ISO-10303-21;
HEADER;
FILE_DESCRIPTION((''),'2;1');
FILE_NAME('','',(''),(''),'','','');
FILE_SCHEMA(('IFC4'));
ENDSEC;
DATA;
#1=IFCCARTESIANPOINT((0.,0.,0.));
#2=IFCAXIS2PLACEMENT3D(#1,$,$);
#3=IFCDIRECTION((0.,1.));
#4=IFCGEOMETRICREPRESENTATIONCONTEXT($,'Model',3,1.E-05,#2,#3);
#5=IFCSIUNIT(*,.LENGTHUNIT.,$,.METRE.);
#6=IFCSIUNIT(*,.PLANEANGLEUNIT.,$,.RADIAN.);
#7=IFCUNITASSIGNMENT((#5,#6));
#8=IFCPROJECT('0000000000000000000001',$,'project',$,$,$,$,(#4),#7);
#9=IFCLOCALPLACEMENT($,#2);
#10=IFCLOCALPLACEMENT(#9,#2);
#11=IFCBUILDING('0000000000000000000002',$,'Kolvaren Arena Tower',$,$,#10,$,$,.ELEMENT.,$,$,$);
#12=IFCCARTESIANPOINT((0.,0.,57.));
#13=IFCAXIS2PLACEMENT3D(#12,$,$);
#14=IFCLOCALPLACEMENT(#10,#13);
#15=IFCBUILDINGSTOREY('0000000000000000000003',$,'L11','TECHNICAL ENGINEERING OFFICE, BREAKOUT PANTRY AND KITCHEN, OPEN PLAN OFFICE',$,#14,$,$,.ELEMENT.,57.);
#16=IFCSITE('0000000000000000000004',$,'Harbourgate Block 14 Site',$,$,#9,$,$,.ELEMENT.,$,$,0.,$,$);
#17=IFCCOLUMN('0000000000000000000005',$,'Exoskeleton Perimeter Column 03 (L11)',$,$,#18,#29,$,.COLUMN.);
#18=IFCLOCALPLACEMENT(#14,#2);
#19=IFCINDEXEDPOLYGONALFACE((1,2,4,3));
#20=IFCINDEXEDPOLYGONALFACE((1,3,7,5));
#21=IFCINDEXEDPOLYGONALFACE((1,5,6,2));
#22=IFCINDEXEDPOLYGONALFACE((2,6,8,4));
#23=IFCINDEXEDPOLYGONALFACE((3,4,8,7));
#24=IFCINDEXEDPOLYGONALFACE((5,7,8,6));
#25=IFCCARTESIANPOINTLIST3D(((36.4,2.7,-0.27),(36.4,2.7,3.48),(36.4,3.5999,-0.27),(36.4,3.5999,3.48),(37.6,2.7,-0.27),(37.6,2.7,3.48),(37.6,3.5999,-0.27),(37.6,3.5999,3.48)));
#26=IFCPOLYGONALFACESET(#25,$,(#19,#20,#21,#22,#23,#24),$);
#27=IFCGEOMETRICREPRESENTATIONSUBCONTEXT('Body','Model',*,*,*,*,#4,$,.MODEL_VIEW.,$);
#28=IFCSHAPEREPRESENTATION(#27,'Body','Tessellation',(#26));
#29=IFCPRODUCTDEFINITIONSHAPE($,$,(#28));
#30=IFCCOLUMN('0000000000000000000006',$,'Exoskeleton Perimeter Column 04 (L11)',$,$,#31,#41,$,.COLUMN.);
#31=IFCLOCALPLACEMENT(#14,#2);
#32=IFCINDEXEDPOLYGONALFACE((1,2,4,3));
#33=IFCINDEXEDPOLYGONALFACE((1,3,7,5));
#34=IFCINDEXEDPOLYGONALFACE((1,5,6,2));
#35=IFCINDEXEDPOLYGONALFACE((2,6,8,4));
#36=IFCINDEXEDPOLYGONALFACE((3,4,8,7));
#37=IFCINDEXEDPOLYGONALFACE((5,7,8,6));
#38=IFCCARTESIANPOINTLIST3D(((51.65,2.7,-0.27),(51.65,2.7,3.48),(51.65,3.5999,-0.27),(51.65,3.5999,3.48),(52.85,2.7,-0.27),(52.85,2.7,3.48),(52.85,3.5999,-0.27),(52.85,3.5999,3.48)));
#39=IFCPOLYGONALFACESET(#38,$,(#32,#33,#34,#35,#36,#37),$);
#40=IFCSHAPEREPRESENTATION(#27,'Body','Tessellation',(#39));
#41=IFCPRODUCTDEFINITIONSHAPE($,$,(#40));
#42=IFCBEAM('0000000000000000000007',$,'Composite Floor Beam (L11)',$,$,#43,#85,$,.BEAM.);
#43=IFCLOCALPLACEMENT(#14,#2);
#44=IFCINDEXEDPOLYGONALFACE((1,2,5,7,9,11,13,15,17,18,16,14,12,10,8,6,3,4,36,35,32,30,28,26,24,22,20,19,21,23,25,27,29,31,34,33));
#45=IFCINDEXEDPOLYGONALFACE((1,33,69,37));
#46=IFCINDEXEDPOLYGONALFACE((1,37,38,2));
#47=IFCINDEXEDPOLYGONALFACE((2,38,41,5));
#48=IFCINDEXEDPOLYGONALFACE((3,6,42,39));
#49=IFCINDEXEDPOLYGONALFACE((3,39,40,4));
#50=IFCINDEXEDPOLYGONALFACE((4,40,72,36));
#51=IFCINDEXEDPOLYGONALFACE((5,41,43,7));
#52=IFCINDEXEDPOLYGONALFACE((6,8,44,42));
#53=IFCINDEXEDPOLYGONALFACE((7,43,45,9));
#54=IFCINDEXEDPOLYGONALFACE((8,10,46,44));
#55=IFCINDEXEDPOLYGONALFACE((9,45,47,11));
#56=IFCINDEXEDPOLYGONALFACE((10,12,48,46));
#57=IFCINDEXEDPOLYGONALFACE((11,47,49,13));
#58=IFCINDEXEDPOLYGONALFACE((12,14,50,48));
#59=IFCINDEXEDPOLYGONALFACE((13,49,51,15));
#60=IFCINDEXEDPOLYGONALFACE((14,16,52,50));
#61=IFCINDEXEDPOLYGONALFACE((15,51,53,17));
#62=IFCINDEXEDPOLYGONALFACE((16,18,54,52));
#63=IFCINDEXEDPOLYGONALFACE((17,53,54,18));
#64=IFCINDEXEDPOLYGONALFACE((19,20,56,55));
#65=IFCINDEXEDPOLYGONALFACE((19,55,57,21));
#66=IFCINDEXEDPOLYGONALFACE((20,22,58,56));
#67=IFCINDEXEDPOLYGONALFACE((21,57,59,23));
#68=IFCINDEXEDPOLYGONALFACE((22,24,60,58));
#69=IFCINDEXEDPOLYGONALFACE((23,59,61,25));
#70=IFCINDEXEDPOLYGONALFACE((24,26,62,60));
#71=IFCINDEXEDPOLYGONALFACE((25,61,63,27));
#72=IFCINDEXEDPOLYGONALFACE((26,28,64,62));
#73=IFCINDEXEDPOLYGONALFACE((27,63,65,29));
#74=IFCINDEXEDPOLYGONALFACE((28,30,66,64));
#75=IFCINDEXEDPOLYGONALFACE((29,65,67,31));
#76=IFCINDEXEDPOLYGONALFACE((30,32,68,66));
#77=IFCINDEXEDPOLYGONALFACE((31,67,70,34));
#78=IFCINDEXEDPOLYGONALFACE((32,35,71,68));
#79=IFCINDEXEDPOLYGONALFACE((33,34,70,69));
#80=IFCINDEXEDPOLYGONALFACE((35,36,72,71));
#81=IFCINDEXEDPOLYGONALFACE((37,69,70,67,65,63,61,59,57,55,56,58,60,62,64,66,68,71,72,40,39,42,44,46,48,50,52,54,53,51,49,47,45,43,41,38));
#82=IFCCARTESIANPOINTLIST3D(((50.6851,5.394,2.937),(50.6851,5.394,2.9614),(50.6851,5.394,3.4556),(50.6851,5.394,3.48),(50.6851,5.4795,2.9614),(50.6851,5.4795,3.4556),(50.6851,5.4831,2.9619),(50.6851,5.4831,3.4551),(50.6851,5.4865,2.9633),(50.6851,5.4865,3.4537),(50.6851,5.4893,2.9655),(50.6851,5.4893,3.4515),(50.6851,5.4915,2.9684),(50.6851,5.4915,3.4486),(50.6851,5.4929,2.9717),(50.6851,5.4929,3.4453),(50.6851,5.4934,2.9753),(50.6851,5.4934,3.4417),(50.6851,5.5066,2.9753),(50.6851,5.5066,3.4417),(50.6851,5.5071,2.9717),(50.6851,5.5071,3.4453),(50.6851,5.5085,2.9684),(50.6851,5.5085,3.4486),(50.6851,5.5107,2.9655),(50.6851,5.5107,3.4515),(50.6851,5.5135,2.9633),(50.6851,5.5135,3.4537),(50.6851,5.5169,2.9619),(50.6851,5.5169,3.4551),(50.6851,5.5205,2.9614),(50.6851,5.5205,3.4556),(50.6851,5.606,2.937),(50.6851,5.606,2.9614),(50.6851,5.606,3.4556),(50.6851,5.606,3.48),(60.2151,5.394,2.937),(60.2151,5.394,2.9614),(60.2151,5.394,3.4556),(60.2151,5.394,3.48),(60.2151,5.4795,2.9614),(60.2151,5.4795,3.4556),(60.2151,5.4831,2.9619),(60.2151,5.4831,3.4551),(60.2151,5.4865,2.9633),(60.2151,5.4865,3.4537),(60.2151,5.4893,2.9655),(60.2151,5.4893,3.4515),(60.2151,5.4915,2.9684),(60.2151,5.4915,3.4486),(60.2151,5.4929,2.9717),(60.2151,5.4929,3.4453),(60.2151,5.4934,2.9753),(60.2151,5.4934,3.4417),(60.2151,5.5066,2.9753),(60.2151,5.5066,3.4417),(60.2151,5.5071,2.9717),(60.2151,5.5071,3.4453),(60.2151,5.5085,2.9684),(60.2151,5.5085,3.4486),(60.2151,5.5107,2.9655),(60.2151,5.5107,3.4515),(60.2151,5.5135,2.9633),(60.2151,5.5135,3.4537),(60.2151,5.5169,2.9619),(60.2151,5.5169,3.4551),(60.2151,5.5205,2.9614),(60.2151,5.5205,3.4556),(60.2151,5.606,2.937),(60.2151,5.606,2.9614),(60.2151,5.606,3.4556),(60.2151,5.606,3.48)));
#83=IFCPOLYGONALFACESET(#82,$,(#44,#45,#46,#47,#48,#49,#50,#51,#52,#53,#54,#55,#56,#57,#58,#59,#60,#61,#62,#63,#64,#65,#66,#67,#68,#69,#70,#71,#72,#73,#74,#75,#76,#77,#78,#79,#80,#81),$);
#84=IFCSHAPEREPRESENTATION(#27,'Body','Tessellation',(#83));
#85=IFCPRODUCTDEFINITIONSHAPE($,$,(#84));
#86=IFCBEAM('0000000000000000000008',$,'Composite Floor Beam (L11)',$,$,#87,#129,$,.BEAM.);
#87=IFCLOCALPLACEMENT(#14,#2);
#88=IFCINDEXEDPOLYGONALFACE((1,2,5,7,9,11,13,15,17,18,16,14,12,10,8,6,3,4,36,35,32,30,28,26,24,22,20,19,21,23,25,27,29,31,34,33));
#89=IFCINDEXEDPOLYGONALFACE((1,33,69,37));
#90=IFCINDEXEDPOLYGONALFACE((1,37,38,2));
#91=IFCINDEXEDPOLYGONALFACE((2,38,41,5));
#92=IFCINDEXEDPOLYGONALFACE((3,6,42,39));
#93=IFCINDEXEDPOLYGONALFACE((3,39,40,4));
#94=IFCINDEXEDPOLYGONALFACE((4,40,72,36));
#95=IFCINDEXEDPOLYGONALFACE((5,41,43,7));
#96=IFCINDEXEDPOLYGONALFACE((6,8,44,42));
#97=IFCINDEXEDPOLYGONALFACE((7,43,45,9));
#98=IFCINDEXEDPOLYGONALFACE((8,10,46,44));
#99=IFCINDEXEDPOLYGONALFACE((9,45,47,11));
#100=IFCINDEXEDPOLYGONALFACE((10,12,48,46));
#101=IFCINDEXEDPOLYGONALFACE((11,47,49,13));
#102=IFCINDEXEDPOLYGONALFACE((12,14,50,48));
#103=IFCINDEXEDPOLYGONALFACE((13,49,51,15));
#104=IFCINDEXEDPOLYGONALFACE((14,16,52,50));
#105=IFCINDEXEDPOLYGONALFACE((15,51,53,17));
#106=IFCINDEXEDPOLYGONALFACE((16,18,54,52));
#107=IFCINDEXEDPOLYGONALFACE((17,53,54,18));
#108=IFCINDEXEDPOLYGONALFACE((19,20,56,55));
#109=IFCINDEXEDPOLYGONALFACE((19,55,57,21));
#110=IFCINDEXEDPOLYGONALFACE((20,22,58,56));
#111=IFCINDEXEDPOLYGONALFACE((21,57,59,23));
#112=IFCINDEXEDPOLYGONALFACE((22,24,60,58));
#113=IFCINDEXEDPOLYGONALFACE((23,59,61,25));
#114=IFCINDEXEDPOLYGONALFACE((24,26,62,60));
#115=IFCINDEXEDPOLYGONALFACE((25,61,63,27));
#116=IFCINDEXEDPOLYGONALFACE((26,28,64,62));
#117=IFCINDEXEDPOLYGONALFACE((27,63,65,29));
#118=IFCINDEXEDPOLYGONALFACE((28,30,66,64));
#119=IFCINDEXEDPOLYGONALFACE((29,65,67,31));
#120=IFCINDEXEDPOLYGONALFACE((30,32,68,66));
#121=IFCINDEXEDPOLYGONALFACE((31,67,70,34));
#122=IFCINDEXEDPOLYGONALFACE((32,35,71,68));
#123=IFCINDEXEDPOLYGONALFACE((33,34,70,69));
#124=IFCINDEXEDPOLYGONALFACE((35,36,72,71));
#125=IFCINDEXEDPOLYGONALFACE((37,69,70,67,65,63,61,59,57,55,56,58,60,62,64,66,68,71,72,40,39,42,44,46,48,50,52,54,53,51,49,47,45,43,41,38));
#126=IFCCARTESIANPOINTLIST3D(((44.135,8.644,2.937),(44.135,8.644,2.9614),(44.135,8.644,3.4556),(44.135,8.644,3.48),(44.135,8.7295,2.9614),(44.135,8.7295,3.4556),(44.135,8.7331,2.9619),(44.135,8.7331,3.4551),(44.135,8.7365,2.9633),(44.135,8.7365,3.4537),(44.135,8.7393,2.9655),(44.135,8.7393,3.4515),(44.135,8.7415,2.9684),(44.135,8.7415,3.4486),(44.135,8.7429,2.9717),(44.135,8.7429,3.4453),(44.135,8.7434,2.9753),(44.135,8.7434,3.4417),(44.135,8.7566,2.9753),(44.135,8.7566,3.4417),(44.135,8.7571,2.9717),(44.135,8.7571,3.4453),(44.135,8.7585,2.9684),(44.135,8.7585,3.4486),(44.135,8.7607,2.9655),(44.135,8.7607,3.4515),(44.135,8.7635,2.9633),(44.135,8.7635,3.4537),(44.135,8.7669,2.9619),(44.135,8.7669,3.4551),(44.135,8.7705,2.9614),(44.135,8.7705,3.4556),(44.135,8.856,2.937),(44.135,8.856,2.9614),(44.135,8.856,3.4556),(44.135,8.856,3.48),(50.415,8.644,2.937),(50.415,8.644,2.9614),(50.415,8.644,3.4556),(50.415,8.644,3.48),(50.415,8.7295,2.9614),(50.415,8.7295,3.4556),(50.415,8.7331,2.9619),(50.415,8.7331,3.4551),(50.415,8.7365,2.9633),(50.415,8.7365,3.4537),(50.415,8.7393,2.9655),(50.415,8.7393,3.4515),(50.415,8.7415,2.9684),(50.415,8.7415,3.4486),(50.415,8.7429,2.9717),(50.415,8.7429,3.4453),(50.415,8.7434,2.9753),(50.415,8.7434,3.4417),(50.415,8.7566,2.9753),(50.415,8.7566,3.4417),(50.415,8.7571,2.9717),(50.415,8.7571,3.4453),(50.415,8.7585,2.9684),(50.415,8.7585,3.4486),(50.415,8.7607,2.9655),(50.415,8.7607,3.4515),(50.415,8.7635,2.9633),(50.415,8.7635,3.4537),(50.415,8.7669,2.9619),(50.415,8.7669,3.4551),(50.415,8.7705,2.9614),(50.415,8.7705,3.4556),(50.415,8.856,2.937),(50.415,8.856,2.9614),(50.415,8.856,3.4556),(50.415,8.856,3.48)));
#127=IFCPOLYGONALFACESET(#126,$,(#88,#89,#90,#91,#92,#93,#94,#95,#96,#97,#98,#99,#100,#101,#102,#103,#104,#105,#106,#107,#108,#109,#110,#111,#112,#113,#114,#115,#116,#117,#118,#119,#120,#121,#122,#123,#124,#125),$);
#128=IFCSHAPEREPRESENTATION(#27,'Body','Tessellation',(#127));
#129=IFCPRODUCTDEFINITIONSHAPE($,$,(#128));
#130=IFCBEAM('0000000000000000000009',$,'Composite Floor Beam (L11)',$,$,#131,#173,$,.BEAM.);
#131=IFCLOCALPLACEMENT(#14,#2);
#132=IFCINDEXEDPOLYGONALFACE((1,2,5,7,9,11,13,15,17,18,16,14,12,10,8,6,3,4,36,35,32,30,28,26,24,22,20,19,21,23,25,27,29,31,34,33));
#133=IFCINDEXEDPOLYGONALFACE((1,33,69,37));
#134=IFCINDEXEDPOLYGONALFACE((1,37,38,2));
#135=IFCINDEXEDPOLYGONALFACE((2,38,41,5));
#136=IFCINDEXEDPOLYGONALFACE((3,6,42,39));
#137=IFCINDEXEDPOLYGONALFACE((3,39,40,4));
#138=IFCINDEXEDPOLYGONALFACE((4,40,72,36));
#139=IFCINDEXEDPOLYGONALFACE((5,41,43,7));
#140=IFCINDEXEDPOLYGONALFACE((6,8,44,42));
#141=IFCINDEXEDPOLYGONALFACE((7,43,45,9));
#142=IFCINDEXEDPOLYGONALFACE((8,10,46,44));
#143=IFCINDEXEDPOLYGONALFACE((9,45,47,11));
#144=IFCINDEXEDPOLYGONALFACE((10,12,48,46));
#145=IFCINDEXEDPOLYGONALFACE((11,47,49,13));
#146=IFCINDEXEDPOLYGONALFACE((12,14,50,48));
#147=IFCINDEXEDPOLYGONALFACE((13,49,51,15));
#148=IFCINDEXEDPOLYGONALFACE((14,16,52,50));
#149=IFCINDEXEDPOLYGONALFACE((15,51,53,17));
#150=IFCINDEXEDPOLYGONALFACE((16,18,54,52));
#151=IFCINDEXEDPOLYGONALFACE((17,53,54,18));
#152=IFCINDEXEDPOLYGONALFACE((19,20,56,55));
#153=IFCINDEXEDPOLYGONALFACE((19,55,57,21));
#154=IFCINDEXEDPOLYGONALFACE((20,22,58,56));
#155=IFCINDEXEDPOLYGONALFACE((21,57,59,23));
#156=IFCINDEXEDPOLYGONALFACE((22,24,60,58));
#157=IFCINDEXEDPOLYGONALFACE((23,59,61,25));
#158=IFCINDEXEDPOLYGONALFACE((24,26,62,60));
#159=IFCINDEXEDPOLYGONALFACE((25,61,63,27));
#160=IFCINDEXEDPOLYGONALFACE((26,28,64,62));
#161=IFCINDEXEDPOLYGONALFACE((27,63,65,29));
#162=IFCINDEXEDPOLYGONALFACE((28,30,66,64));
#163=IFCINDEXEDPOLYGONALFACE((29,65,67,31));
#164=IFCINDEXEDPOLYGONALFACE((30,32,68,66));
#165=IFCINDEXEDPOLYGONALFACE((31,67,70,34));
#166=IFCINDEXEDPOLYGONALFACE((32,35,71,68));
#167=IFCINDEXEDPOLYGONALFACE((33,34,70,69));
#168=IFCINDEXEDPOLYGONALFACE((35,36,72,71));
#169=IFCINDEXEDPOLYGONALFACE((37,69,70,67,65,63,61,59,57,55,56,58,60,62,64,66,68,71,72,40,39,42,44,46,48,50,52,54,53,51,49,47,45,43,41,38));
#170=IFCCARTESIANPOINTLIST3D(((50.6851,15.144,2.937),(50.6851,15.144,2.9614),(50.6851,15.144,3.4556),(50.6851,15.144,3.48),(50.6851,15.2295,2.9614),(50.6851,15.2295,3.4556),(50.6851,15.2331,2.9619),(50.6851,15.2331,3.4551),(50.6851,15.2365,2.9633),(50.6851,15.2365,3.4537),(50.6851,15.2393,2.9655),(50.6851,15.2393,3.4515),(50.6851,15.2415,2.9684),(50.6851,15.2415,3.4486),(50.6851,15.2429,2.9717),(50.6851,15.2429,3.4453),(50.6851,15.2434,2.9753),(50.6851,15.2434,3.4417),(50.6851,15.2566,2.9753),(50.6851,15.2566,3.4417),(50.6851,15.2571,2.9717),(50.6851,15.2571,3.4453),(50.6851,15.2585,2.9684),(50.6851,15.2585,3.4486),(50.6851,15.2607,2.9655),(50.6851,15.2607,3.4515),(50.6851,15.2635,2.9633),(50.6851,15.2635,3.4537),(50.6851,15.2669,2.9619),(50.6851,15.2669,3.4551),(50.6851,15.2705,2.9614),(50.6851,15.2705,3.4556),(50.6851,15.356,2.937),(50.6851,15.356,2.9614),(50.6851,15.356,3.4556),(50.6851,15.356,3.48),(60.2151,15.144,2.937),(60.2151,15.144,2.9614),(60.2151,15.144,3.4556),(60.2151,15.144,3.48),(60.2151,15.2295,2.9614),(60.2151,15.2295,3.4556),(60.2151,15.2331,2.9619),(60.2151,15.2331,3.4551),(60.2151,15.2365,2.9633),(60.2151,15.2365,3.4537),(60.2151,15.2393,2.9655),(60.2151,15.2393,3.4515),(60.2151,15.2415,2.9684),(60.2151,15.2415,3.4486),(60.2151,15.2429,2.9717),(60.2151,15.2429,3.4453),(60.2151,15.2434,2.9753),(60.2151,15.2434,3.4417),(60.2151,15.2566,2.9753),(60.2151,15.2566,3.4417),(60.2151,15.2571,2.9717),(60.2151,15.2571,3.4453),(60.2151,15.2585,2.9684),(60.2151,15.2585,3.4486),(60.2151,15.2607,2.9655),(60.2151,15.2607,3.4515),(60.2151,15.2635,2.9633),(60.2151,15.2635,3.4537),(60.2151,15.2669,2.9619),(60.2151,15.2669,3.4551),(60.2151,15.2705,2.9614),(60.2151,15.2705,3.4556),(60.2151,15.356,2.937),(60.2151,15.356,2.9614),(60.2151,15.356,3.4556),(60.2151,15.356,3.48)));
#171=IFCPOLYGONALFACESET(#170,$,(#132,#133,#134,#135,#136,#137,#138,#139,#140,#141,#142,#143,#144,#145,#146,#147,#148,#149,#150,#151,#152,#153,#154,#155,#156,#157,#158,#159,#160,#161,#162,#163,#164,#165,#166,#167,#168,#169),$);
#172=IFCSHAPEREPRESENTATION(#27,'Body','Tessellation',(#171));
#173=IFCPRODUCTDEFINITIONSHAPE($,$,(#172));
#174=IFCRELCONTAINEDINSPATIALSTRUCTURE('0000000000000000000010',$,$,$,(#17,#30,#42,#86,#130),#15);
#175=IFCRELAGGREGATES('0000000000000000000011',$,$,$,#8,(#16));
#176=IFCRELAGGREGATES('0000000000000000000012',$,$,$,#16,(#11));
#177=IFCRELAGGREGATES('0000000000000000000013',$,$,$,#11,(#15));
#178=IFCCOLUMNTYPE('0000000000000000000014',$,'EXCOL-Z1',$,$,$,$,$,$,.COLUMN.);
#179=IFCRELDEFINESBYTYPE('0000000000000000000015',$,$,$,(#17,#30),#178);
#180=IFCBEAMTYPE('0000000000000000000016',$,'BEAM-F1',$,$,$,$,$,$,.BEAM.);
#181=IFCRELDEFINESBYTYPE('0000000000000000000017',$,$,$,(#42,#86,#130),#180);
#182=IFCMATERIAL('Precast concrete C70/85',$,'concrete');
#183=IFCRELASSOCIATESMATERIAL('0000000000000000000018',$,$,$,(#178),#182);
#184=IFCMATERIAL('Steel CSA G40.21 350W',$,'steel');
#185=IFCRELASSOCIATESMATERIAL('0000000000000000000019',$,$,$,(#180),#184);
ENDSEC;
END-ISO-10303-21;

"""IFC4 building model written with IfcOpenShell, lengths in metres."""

from ifc_helpers import new_model, si_unit, direction, frame, origin, origin_2d, place, context, subcontext, project, spatial, rectangle, i_section, extrude, material, material_profile, profile_set, type_object, element, save


model = new_model("IFC4")

# Units and contexts
model_context = context("Model", 3, precision=1e-05, world=origin(), true_north=direction((0.0, 1.0)))
body_context = subcontext(model_context, "Body", "Model", "MODEL_VIEW")
ifc_project = project(units=[si_unit("LENGTHUNIT", "METRE"), si_unit("PLANEANGLEUNIT", "RADIAN")], contexts=[model_context])

# Site, building, storey
site_placement = place(None, origin())
site = spatial("IfcSite", under=ifc_project, at=site_placement, Name="Harbourgate Block 14 Site", CompositionType="ELEMENT", RefElevation=0.0)
building_placement = place(site_placement, origin())
building = spatial("IfcBuilding", under=site, at=building_placement, Name="Kolvaren Arena Tower", CompositionType="ELEMENT")
storey_placement = place(building_placement, frame((0.0, 0.0, 57.0)))
storey = spatial("IfcBuildingStorey", under=building, at=storey_placement, Name="L11", Description="TECHNICAL ENGINEERING OFFICE, BREAKOUT PANTRY AND KITCHEN, OPEN PLAN OFFICE", CompositionType="ELEMENT", Elevation=57.0)

# Columns
ifc_material_1 = material(Name="Precast concrete C70/85", Category="concrete")
ifc_material_profile_1 = material_profile(ifc_material_1, rectangle(XDim=1.2, YDim=0.8999, at=origin_2d()), Name="RC-1200x900")
ifc_profile_set_1 = profile_set([ifc_material_profile_1], Name="Precast concrete C70/85")
column_type = type_object("IfcColumnType", Name="EXCOL-Z1", PredefinedType="COLUMN", material=ifc_profile_set_1)
for number, where, z_axis, x_axis, name in (
    (1, (37.0, 3.1499, -0.27), (0.0, 0.0, 1.0), (1.0, 0.0, 0.0), "Exoskeleton Perimeter Column 03 (L11)"),
    (2, (52.25, 3.1499, -0.27), (0.0, 0.0, 1.0), (1.0, 0.0, 0.0), "Exoskeleton Perimeter Column 04 (L11)"),
):
    element("IfcColumn", number, at=place(storey_placement, frame(where, z_axis=z_axis, x_axis=x_axis)), inside=storey, type_object=column_type, Name=name, PredefinedType="COLUMN", context=body_context, shape_type="SweptSolid", body=[
        extrude(rectangle(XDim=1.2, YDim=0.8999, at=origin_2d()), origin(), (0.0, 0.0, 1.0), 3.75),
    ])

# Beams
ifc_material_2 = material(Name="Steel CSA G40.21 350W", Category="steel")
ifc_material_profile_2 = material_profile(ifc_material_2, i_section(OverallWidth=0.2119, OverallDepth=0.543, WebThickness=0.0132, FlangeThickness=0.0244, FilletRadius=0.0139, at=origin_2d()), Name="W530x150")
ifc_profile_set_2 = profile_set([ifc_material_profile_2], Name="Steel CSA G40.21 350W")
beam_type_1 = type_object("IfcBeamType", Name="BEAM-F1", PredefinedType="BEAM", material=ifc_profile_set_2)
beam_1_placement = place(storey_placement, frame((50.6851, 5.5, 3.2085), z_axis=(1.0, 0.0, 0.0), x_axis=(0.0, 1.0, 0.0)))
element("IfcBeam", 3, at=beam_1_placement, inside=storey, type_object=beam_type_1, Name="Composite Floor Beam (L11)", PredefinedType="BEAM", context=body_context, shape_type="SweptSolid", body=[
    extrude(i_section(OverallWidth=0.2119, OverallDepth=0.543, WebThickness=0.0132, FlangeThickness=0.0244, FilletRadius=0.0139, at=origin_2d()), origin(), (0.0, 0.0, 1.0), 9.53),
])
beam_2_placement = place(storey_placement, frame((44.135, 8.75, 3.2085), z_axis=(1.0, 0.0, 0.0), x_axis=(0.0, 1.0, 0.0)))
element("IfcBeam", 4, at=beam_2_placement, inside=storey, type_object=beam_type_1, Name="Composite Floor Beam (L11)", PredefinedType="BEAM", context=body_context, shape_type="SweptSolid", body=[
    extrude(i_section(OverallWidth=0.2119, OverallDepth=0.543, WebThickness=0.0132, FlangeThickness=0.0244, FilletRadius=0.0139, at=origin_2d()), origin(), (0.0, 0.0, 1.0), 6.28),
])
beam_3_placement = place(storey_placement, frame((50.6851, 15.25, 3.2085), z_axis=(1.0, 0.0, 0.0), x_axis=(0.0, 1.0, 0.0)))
element("IfcBeam", 5, at=beam_3_placement, inside=storey, type_object=beam_type_1, Name="Composite Floor Beam (L11)", PredefinedType="BEAM", context=body_context, shape_type="SweptSolid", body=[
    extrude(i_section(OverallWidth=0.2119, OverallDepth=0.543, WebThickness=0.0132, FlangeThickness=0.0244, FilletRadius=0.0139, at=origin_2d()), origin(), (0.0, 0.0, 1.0), 9.53),
])

save(model, "model.ifc")
